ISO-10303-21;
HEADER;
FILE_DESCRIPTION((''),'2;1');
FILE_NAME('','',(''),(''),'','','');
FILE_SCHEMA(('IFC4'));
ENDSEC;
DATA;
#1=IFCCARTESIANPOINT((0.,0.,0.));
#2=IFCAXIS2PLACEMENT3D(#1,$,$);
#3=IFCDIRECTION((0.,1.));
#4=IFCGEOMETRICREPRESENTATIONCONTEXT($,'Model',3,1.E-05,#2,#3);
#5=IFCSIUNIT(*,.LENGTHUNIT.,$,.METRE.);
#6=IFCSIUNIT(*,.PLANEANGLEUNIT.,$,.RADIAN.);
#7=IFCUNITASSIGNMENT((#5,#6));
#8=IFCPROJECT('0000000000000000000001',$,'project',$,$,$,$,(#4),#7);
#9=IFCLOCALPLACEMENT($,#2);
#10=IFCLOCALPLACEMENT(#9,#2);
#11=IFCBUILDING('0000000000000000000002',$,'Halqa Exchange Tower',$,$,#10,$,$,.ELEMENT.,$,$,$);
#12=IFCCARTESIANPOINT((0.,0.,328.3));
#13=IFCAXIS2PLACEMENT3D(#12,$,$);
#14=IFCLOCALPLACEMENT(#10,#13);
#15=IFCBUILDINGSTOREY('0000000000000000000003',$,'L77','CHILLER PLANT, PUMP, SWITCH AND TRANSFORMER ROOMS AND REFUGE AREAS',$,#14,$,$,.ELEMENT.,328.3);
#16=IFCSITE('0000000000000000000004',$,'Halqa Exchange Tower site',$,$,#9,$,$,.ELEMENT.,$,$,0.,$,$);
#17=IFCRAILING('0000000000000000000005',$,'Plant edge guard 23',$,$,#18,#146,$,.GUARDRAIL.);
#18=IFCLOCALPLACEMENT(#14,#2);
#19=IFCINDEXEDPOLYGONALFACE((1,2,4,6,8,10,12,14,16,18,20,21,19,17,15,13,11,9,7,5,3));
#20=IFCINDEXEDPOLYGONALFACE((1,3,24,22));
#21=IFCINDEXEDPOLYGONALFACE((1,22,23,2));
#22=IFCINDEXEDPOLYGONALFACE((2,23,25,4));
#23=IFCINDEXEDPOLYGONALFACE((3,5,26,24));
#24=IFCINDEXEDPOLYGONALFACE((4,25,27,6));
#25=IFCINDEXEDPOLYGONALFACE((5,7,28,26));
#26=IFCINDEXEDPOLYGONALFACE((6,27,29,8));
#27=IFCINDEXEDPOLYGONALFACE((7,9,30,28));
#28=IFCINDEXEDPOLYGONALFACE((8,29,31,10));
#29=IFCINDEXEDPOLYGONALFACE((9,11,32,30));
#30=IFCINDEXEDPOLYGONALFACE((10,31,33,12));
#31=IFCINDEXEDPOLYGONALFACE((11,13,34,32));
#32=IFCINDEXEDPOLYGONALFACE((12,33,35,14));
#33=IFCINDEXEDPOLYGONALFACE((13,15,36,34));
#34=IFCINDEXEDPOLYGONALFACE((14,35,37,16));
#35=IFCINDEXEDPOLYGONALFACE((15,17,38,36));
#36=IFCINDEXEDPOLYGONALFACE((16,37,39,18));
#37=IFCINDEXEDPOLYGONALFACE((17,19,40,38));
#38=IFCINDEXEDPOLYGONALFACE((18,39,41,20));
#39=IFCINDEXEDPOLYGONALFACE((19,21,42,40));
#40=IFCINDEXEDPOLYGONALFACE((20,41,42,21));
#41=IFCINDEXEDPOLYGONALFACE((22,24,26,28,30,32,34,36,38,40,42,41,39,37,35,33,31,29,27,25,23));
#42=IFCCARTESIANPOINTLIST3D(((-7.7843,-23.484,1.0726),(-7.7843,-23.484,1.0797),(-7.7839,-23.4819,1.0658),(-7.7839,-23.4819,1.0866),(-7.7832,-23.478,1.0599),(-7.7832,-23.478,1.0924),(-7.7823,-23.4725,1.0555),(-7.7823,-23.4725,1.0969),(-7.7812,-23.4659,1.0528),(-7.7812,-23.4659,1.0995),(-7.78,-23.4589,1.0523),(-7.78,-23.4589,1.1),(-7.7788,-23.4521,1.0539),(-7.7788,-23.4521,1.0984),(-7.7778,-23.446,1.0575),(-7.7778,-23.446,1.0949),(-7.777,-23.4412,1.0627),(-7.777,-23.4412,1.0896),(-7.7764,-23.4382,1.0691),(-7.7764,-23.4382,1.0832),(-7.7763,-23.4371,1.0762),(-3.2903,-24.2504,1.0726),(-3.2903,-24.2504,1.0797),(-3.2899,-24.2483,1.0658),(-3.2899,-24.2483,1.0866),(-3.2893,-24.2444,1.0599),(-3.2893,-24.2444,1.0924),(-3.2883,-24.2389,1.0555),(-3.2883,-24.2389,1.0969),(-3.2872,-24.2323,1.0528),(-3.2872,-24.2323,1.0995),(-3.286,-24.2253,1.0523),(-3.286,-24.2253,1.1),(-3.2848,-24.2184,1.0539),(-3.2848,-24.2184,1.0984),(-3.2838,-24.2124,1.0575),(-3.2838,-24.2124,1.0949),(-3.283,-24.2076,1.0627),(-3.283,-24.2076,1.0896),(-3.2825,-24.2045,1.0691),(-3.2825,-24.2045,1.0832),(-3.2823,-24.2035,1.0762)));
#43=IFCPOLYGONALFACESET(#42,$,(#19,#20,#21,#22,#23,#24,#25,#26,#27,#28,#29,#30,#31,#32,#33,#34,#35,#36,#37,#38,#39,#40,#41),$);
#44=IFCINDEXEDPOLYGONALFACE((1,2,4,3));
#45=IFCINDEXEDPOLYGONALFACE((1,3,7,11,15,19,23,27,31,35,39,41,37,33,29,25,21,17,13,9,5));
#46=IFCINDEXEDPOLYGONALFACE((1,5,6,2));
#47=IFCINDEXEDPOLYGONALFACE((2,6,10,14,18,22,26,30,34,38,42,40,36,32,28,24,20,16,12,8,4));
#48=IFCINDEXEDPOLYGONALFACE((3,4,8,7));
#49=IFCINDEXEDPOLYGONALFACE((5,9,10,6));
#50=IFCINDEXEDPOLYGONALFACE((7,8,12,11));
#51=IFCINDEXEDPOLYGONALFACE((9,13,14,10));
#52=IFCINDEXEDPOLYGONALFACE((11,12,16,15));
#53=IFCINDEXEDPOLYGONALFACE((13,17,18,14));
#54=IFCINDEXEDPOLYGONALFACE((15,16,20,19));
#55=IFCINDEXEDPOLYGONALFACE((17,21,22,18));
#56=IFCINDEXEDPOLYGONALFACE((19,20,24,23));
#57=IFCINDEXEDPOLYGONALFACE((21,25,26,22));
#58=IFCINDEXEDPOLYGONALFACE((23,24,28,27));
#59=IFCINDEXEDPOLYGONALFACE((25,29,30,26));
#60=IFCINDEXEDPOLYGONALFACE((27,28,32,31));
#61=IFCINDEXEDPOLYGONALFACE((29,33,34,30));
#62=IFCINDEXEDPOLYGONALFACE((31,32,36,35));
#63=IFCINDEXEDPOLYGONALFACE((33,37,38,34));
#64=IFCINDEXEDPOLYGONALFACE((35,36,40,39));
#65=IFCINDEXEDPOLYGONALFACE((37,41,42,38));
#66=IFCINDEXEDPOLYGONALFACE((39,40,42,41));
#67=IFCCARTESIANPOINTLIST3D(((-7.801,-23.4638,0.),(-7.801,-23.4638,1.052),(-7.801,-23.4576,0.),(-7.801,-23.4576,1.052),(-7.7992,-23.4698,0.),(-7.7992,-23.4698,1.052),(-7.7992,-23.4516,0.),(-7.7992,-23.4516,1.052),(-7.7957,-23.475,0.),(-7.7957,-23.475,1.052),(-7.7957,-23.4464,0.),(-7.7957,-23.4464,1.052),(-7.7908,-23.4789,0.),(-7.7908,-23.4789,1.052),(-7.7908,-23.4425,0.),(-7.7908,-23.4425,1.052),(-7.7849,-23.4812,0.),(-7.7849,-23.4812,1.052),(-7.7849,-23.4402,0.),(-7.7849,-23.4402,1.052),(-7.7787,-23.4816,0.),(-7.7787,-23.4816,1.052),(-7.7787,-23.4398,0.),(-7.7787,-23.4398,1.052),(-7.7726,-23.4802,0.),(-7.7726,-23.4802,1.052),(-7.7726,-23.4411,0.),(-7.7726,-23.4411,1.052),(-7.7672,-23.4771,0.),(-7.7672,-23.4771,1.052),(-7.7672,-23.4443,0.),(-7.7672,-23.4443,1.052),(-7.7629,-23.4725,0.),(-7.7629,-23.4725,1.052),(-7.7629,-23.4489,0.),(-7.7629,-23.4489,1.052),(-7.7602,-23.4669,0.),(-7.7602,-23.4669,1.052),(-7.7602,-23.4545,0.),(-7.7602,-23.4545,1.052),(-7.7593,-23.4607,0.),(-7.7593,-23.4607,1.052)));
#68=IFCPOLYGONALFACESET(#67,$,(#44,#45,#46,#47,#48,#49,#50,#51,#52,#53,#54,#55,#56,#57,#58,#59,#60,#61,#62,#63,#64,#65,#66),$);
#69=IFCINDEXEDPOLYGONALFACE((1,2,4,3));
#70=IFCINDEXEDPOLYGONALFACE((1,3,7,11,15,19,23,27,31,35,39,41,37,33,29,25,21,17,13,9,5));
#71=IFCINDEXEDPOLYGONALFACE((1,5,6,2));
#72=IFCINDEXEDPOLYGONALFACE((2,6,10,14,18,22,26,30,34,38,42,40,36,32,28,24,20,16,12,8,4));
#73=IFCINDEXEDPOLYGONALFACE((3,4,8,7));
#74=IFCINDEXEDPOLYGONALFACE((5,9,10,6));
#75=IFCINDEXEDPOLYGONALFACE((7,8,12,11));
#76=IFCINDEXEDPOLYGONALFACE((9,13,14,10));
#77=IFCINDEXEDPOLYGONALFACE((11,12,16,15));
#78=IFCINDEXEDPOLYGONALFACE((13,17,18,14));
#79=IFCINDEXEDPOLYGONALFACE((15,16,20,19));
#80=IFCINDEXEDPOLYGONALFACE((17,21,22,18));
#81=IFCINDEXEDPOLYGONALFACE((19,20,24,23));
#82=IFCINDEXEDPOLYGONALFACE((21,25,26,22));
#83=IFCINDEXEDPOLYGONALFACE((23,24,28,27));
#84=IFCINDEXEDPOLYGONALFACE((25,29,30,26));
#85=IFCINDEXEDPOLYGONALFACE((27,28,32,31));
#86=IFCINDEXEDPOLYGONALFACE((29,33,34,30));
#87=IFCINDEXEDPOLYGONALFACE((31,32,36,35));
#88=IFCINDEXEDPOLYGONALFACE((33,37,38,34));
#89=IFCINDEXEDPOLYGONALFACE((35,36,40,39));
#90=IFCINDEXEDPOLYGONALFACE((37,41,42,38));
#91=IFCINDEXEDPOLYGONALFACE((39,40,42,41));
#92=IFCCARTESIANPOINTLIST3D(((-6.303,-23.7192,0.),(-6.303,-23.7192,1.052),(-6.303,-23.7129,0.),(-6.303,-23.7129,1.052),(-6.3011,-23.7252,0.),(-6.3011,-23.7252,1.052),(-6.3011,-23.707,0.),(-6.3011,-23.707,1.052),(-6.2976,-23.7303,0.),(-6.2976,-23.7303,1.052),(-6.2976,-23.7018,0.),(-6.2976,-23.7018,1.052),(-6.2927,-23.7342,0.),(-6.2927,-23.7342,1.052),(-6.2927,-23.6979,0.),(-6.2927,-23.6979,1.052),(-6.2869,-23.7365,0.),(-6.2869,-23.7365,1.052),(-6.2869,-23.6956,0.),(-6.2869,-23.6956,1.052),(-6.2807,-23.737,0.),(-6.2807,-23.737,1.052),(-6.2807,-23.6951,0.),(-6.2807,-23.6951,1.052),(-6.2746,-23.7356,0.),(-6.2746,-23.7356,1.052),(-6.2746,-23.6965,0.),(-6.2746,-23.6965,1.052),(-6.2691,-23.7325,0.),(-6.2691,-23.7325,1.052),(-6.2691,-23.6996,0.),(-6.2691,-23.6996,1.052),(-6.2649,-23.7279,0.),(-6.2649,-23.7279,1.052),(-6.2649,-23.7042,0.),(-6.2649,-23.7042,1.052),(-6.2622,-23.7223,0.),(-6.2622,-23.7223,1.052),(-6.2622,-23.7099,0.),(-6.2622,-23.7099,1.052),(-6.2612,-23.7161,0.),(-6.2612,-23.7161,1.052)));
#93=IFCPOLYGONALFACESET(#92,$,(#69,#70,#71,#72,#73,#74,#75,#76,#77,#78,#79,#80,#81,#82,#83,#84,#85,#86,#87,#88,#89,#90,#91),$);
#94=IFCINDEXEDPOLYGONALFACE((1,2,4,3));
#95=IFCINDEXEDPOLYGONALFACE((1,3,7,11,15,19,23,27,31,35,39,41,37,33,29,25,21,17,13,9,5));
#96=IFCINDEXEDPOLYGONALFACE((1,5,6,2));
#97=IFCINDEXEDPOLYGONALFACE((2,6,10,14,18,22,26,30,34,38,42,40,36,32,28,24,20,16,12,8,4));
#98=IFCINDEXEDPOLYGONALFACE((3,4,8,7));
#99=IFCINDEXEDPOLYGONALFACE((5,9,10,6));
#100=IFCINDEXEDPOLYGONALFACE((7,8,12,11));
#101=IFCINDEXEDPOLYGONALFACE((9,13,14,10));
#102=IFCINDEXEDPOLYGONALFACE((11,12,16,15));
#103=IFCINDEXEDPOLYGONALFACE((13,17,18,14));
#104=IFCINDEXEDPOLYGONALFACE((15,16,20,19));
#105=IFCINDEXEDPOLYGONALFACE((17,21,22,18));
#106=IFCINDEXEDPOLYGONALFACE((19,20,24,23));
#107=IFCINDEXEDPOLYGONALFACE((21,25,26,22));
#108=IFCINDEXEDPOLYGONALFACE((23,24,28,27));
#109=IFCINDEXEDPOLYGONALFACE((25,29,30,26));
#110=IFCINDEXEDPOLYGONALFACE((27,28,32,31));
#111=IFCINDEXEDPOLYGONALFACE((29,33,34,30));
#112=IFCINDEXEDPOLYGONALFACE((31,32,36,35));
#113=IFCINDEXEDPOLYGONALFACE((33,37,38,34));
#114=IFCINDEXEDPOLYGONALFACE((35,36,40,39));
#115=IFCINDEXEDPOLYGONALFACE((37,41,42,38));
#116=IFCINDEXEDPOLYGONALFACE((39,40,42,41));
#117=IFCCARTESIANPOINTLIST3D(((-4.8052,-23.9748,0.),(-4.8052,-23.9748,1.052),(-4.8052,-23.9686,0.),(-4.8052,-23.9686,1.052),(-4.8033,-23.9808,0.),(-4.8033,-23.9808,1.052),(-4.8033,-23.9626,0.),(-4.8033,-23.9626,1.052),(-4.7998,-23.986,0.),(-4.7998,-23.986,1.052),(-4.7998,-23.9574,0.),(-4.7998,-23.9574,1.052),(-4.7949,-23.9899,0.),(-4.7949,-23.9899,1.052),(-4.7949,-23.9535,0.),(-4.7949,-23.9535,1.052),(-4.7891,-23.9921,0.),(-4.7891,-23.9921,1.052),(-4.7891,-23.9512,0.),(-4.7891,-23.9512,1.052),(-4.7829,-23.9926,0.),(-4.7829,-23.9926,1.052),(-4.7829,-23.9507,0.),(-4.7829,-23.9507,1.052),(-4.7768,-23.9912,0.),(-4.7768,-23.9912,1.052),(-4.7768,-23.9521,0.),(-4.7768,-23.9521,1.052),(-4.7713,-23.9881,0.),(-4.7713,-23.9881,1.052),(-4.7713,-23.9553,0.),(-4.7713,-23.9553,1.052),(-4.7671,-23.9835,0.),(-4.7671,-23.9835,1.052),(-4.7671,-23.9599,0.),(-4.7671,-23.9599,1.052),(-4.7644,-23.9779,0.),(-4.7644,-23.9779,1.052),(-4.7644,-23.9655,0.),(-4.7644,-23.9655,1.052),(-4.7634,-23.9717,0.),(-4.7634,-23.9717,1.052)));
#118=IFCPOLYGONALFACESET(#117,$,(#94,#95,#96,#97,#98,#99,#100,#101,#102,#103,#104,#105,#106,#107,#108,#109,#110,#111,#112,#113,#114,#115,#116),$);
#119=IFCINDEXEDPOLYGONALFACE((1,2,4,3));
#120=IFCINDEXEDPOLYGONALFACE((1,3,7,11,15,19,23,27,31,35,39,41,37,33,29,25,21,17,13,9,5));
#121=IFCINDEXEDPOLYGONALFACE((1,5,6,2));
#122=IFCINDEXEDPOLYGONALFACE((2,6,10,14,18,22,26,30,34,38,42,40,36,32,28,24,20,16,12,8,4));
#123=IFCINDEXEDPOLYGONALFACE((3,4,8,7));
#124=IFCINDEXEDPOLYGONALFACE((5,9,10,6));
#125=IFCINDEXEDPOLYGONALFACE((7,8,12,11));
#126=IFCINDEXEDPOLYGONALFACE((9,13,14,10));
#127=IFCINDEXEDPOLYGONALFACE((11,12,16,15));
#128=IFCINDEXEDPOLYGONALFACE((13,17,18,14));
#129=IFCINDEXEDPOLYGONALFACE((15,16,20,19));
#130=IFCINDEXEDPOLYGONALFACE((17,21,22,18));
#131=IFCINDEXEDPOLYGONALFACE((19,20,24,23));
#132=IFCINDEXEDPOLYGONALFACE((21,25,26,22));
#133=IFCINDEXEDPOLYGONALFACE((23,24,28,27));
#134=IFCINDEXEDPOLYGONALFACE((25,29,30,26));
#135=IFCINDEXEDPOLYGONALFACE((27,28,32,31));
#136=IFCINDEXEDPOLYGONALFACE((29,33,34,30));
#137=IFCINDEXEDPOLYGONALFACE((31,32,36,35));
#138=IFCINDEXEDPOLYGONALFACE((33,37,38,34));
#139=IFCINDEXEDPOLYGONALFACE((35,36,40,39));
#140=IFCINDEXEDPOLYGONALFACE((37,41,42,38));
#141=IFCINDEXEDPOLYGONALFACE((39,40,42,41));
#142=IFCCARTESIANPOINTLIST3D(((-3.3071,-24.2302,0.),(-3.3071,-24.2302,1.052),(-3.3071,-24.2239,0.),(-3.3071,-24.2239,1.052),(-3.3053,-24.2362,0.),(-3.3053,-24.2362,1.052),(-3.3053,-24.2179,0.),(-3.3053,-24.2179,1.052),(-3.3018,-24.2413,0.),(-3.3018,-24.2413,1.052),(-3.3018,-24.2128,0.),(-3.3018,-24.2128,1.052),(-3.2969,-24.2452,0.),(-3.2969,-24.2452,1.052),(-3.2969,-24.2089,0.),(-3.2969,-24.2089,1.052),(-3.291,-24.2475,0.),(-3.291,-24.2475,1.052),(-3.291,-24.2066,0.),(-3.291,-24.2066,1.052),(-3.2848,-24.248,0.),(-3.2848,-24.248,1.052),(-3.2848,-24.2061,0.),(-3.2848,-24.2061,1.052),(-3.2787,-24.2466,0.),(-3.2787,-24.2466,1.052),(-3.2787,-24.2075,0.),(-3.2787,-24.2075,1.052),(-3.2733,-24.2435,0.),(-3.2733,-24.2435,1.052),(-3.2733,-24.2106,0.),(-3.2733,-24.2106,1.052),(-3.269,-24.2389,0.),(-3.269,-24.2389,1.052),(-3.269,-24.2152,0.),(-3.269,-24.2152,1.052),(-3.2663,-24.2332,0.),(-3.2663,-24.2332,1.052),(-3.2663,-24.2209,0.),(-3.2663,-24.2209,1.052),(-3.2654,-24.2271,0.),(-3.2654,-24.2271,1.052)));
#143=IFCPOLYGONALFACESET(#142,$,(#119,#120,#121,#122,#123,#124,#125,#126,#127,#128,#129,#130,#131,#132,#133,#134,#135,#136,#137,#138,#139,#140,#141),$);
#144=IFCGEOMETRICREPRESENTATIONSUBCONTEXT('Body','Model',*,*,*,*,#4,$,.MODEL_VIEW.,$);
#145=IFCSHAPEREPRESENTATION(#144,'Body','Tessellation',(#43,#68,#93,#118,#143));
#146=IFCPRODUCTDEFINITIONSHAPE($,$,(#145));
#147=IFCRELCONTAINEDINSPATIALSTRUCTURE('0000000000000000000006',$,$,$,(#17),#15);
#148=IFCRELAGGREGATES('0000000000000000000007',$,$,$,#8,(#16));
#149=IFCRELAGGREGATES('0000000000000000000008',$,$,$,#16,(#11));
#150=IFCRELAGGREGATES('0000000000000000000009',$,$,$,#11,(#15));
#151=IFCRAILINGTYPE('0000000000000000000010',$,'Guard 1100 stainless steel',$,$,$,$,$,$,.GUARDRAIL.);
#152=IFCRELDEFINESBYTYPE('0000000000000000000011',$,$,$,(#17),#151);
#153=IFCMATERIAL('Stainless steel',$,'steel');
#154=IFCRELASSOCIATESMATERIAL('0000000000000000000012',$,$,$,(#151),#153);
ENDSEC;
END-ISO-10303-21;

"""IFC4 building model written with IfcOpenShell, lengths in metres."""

from ifc_helpers import new_model, si_unit, direction, frame, origin, origin_2d, place, context, subcontext, project, spatial, circle, extrude, material, type_object, element, save


model = new_model("IFC4")

# Units and contexts
model_context = context("Model", 3, precision=1e-05, world=origin(), true_north=direction((0.0, 1.0)))
body_context = subcontext(model_context, "Body", "Model", "MODEL_VIEW")
ifc_project = project(units=[si_unit("LENGTHUNIT", "METRE"), si_unit("PLANEANGLEUNIT", "RADIAN")], contexts=[model_context])

# Site, building, storey
site_placement = place(None, origin())
site = spatial("IfcSite", under=ifc_project, at=site_placement, Name="Halqa Exchange Tower site", CompositionType="ELEMENT", RefElevation=0.0)
building_placement = place(site_placement, origin())
building = spatial("IfcBuilding", under=site, at=building_placement, Name="Halqa Exchange Tower", CompositionType="ELEMENT")
storey_placement = place(building_placement, frame((0.0, 0.0, 328.3)))
storey = spatial("IfcBuildingStorey", under=building, at=storey_placement, Name="L77", Description="CHILLER PLANT, PUMP, SWITCH AND TRANSFORMER ROOMS AND REFUGE AREAS", CompositionType="ELEMENT", Elevation=328.3)

# Railing
ifc_material_1 = material(Name="Stainless steel", Category="steel")
railing_type = type_object("IfcRailingType", Name="Guard 1100 stainless steel", PredefinedType="GUARDRAIL", material=ifc_material_1)
railing_1_placement = place(storey_placement, frame((-7.7803, -23.4607, 0.0)))
element("IfcRailing", 1, at=railing_1_placement, inside=storey, type_object=railing_type, Name="Plant edge guard 23", PredefinedType="GUARDRAIL", context=body_context, shape_type="SweptSolid", body=[
    extrude(circle(Radius=0.0239, at=origin_2d()), frame((0.0, 0.0, 1.0762), z_axis=(0.985769, -0.168106, 0.0), x_axis=(0.168106, 0.985769, 0.0)), (0.0, 0.0, 1.0), 4.5588),
    extrude(circle(Radius=0.021, at=origin_2d()), origin(), (0.0, 0.0, 1.0), 1.052),
    extrude(circle(Radius=0.021, at=origin_2d()), frame((1.498, -0.2554, 0.0)), (0.0, 0.0, 1.0), 1.052),
    extrude(circle(Radius=0.021, at=origin_2d()), frame((2.9958, -0.511, 0.0)), (0.0, 0.0, 1.0), 1.052),
    extrude(circle(Radius=0.021, at=origin_2d()), frame((4.4939, -0.7664, 0.0)), (0.0, 0.0, 1.0), 1.052),
])

save(model, "model.ifc")
